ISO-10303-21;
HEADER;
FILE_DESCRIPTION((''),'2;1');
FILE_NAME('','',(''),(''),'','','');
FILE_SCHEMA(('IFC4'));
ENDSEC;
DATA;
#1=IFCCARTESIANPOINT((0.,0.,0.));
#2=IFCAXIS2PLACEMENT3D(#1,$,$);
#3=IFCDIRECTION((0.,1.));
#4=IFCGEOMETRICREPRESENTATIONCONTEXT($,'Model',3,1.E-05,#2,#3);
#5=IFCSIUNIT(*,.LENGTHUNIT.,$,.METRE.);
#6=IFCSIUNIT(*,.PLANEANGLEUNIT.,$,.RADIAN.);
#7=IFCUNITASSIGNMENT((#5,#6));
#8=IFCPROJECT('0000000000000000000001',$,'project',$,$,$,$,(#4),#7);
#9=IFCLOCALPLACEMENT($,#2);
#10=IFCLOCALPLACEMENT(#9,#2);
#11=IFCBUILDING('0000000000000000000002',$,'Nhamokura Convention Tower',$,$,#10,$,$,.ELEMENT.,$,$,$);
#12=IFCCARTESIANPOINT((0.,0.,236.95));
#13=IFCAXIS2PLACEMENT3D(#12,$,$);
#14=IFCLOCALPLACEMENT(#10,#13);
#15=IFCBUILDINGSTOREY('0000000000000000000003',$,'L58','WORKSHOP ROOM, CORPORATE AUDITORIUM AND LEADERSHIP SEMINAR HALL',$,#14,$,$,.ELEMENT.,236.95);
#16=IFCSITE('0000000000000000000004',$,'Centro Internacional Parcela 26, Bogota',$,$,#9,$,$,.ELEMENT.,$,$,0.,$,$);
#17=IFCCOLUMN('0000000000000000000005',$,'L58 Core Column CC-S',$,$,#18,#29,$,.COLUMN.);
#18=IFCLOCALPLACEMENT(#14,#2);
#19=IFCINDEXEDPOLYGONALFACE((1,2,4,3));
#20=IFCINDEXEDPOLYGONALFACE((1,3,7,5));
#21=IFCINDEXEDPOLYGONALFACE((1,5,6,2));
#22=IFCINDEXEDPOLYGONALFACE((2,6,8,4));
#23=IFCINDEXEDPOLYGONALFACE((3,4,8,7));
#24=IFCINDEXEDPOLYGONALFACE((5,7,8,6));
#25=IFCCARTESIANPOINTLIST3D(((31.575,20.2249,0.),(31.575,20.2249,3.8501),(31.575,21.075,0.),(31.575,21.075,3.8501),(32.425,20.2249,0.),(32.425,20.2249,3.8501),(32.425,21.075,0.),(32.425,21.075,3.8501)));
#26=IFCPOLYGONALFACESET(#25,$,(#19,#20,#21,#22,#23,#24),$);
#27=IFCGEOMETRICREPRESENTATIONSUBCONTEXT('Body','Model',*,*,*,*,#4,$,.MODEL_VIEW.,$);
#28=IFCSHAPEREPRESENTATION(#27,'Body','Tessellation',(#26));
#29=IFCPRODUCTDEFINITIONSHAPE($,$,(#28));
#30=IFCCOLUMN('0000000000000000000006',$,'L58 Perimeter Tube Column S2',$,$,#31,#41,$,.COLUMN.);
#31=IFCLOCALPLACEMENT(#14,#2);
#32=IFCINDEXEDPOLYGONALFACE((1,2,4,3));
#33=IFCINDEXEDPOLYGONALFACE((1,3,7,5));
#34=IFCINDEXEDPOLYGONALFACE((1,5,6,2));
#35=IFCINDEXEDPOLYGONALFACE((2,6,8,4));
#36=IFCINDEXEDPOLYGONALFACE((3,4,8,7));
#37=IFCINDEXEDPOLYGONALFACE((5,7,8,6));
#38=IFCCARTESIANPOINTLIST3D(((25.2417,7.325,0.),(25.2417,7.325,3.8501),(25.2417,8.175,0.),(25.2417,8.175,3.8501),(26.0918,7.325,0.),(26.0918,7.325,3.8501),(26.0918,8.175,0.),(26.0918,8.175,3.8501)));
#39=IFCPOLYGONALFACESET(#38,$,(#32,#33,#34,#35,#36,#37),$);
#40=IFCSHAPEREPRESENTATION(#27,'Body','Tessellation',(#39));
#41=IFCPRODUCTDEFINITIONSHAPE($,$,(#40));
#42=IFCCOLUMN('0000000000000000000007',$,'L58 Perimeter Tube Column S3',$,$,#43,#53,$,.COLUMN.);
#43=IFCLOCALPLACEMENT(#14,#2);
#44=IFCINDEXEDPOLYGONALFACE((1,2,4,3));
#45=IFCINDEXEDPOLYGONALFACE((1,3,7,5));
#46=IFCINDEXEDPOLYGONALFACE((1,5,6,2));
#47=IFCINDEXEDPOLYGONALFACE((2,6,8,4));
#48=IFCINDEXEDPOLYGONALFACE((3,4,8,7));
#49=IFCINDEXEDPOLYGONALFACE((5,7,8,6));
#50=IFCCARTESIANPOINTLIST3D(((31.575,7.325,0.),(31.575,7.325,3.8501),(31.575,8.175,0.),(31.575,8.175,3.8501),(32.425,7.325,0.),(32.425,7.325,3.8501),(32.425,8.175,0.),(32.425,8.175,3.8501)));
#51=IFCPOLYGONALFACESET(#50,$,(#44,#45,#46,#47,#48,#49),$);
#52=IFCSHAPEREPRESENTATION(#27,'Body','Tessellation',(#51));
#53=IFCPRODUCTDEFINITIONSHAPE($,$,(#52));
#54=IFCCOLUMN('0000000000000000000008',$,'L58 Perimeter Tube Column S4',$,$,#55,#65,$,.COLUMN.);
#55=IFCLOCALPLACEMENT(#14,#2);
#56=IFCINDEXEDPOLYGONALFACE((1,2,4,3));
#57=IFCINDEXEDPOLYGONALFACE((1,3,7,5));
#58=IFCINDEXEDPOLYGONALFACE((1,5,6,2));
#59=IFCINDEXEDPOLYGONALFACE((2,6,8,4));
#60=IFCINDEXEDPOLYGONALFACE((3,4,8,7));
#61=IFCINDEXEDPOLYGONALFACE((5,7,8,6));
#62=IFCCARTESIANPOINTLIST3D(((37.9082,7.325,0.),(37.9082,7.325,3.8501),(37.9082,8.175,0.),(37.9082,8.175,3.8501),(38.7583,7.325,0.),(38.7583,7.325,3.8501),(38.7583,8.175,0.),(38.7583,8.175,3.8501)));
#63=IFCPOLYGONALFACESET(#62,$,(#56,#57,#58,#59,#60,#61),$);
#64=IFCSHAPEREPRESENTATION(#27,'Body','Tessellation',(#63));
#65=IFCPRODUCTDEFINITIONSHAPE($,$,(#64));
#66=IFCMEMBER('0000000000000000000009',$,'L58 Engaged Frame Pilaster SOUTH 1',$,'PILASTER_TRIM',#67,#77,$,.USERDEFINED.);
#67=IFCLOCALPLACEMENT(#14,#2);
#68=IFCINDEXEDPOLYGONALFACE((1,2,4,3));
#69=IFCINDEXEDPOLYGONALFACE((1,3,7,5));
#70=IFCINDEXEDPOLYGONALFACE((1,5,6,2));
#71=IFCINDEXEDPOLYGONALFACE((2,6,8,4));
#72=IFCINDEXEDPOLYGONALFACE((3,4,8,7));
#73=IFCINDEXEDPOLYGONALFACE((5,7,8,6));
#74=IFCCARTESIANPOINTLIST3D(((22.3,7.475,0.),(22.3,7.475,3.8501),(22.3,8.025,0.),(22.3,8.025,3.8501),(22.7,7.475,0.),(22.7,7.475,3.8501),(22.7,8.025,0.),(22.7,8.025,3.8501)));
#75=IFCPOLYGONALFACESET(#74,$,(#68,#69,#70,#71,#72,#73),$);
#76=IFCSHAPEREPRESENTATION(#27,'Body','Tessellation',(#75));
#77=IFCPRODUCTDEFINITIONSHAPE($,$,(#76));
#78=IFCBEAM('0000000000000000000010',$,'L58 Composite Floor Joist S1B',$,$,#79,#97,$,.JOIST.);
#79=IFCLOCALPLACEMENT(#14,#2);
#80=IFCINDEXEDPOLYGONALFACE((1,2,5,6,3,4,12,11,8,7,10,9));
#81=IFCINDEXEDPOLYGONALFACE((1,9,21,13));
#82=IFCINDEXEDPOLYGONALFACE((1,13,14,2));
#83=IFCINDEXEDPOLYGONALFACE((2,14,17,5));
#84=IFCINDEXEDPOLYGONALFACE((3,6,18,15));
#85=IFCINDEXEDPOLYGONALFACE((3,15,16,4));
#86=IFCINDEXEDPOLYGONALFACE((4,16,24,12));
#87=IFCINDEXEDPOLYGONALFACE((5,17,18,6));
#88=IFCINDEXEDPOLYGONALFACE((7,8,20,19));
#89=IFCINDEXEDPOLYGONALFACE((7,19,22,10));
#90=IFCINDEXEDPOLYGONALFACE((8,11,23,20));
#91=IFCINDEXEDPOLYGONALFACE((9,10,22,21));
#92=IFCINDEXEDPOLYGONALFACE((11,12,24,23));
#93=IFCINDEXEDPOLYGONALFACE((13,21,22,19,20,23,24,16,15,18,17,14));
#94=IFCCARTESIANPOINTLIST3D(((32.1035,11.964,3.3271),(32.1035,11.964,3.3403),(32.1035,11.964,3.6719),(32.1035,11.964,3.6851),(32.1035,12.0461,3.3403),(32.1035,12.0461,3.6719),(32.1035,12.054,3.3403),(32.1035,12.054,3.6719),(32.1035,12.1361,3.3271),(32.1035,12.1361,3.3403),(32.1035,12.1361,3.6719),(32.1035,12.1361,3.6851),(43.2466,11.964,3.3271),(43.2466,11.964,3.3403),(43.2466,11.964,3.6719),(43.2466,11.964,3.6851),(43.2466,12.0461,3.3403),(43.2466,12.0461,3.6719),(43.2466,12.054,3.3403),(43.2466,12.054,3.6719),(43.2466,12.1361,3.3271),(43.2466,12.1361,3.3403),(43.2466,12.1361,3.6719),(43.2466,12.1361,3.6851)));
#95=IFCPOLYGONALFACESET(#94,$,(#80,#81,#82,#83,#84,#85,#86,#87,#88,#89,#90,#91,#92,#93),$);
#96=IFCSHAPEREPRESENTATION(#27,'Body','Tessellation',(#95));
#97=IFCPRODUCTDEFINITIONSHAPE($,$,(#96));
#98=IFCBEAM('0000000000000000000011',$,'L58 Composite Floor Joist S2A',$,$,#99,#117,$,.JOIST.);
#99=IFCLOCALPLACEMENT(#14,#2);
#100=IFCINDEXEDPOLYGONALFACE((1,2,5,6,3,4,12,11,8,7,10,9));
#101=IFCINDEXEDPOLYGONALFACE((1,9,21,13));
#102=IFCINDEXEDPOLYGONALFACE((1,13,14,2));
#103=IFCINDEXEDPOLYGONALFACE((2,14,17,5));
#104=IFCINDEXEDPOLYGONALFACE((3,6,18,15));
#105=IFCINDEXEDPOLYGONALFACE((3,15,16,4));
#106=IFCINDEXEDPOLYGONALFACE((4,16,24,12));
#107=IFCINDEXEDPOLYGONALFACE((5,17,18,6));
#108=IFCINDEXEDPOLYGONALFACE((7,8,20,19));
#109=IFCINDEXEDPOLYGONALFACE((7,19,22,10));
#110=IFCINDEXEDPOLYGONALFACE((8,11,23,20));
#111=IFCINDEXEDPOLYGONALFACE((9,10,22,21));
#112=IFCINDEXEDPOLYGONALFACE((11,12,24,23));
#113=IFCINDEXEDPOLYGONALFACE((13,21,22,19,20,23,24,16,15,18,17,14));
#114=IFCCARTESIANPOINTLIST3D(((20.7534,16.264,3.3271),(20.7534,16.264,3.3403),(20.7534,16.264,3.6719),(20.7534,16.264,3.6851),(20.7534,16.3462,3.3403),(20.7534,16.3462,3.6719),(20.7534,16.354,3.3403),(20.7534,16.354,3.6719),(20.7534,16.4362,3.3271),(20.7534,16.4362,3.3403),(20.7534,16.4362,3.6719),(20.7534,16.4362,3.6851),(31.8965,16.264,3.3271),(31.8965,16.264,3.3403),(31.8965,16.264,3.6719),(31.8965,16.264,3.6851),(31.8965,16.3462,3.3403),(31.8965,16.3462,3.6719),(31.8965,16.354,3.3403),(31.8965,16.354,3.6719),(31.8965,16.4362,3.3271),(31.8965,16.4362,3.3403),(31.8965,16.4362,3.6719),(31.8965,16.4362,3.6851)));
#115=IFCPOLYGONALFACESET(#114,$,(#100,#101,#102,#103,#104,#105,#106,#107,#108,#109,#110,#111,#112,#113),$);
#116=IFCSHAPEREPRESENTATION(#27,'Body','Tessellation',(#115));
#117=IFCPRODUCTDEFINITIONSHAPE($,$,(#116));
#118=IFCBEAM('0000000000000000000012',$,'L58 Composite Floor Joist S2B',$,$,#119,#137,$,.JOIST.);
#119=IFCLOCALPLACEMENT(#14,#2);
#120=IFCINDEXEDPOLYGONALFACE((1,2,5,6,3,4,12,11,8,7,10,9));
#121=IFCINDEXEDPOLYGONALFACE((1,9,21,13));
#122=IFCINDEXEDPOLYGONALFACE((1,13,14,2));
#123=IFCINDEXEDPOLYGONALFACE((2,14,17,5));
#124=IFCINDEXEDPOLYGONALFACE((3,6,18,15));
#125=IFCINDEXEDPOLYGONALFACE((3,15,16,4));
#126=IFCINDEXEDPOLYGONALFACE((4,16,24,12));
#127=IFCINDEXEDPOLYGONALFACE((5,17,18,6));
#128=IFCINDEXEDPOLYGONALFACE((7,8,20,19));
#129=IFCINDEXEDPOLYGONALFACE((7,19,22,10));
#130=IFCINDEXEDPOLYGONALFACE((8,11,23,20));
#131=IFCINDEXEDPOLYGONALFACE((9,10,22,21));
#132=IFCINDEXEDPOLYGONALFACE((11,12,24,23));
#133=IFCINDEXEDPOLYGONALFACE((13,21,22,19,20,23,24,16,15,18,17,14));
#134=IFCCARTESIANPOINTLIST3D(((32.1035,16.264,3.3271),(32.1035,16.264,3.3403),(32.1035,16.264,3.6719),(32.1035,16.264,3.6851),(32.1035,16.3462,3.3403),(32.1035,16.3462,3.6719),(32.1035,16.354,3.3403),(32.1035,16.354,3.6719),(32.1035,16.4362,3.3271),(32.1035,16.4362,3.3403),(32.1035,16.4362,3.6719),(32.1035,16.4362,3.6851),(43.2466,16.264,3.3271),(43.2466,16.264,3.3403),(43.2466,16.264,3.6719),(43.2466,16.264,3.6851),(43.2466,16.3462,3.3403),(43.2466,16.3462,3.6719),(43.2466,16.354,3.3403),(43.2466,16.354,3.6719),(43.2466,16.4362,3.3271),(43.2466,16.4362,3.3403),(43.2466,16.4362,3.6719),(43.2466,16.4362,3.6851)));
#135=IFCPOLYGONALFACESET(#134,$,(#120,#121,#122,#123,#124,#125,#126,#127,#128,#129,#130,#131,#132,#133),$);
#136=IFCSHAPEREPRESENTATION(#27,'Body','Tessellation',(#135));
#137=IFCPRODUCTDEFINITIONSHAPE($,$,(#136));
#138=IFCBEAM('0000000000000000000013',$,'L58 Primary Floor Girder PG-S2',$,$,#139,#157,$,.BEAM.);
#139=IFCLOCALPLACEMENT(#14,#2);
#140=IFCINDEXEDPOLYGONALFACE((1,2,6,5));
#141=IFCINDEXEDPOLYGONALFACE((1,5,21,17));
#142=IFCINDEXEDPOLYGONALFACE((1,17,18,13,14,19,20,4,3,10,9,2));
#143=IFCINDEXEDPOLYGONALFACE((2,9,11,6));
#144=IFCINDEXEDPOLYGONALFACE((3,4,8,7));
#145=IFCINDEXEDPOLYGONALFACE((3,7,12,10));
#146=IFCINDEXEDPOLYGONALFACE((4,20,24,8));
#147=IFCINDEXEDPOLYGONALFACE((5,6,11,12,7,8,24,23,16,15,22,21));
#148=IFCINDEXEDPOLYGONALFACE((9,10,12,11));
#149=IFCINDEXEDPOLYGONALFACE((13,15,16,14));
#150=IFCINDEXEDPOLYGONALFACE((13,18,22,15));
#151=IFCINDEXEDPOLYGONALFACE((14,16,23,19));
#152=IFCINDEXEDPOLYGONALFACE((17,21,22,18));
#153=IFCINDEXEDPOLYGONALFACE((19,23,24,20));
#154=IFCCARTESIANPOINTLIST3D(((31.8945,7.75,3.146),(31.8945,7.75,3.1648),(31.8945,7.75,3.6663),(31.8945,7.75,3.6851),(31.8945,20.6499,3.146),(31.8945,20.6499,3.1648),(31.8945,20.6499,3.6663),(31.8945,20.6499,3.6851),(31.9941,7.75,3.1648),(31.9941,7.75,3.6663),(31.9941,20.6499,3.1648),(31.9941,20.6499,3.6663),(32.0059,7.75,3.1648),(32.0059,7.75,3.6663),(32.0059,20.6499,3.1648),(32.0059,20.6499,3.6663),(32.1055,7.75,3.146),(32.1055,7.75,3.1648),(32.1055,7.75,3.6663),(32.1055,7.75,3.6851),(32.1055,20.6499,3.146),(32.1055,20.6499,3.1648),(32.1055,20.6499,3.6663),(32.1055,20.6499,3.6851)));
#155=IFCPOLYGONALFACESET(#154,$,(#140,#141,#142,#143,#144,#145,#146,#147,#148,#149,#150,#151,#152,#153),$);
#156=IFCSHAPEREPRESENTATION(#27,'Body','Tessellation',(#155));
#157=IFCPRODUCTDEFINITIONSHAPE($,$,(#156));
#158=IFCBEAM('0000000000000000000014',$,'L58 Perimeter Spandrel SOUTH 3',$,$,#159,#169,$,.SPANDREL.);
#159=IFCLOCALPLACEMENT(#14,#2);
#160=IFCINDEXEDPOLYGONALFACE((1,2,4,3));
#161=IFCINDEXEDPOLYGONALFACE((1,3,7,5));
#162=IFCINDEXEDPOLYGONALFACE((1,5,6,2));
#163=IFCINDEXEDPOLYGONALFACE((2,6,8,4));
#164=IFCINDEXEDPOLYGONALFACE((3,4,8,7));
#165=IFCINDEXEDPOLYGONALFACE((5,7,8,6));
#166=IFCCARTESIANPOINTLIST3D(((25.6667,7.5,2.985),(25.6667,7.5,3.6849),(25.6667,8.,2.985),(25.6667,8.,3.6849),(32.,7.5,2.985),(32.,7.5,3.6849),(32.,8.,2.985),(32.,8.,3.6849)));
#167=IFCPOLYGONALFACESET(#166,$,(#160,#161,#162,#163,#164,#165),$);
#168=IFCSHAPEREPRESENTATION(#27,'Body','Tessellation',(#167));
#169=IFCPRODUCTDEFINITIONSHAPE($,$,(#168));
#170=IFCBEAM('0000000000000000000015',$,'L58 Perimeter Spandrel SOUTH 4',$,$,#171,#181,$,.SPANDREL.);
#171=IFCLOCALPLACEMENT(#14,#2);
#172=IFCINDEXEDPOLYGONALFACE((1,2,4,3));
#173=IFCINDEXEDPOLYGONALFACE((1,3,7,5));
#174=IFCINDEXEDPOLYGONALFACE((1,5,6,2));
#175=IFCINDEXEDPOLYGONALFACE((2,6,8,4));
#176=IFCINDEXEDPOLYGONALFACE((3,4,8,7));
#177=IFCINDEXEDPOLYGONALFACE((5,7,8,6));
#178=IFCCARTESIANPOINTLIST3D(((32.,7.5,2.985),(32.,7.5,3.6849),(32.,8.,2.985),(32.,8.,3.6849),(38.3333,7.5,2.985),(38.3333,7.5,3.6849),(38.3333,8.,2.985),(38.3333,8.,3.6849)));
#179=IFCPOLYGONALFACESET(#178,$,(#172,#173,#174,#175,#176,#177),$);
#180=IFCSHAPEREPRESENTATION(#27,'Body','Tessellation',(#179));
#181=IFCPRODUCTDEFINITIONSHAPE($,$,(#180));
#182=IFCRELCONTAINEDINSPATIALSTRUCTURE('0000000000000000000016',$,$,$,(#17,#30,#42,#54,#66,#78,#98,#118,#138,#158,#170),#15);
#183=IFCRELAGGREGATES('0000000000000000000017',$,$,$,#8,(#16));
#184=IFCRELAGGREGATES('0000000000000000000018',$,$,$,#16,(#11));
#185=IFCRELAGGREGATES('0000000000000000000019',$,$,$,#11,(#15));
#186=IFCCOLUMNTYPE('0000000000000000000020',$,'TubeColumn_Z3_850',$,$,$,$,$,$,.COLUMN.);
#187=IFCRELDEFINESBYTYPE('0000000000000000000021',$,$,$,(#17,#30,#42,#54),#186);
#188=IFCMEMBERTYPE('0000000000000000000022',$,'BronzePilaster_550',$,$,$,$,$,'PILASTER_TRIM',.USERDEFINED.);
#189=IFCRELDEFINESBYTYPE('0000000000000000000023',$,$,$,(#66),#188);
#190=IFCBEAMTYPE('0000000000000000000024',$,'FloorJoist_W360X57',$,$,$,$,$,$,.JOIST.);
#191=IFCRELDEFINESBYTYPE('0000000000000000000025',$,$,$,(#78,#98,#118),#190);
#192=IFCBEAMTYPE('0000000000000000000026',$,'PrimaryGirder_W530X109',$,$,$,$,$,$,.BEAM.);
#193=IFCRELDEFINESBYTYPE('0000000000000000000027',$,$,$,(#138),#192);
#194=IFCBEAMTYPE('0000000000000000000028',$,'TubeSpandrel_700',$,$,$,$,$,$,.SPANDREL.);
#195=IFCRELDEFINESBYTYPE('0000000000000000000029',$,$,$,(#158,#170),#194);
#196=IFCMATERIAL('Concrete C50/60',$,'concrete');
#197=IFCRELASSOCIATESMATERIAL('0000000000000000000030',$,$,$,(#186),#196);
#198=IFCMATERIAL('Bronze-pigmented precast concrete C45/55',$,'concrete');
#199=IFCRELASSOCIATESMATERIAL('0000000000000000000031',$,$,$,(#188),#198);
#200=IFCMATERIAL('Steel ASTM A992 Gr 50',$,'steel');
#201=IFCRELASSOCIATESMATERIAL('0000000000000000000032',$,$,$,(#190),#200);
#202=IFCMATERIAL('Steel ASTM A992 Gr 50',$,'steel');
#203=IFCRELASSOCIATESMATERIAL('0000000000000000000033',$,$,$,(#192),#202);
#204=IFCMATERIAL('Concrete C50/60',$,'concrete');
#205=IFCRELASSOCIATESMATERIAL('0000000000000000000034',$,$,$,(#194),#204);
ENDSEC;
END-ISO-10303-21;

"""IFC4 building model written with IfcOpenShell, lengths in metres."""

from ifc_helpers import new_model, si_unit, direction, frame, origin, origin_2d, place, context, subcontext, project, spatial, rectangle, i_section, extrude, material, material_profile, profile_set, type_object, element, save


model = new_model("IFC4")

# Units and contexts
model_context = context("Model", 3, precision=1e-05, world=origin(), true_north=direction((0.0, 1.0)))
body_context = subcontext(model_context, "Body", "Model", "MODEL_VIEW")
ifc_project = project(units=[si_unit("LENGTHUNIT", "METRE"), si_unit("PLANEANGLEUNIT", "RADIAN")], contexts=[model_context])

# Site, building, storey
site_placement = place(None, origin())
site = spatial("IfcSite", under=ifc_project, at=site_placement, Name="Centro Internacional Parcela 26, Bogota", CompositionType="ELEMENT", RefElevation=0.0)
building_placement = place(site_placement, origin())
building = spatial("IfcBuilding", under=site, at=building_placement, Name="Nhamokura Convention Tower", CompositionType="ELEMENT")
storey_placement = place(building_placement, frame((0.0, 0.0, 236.95)))
storey = spatial("IfcBuildingStorey", under=building, at=storey_placement, Name="L58", Description="WORKSHOP ROOM, CORPORATE AUDITORIUM AND LEADERSHIP SEMINAR HALL", CompositionType="ELEMENT", Elevation=236.95)

# Columns
ifc_material_1 = material(Name="Concrete C50/60", Category="concrete")
ifc_material_profile_1 = material_profile(ifc_material_1, rectangle(XDim=0.8501, YDim=0.8501, at=origin_2d()))
ifc_profile_set_1 = profile_set([ifc_material_profile_1], Name="Concrete C50/60")
column_type = type_object("IfcColumnType", Name="TubeColumn_Z3_850", PredefinedType="COLUMN", material=ifc_profile_set_1)
for number, where, z_axis, x_axis, name in (
    (1, (32.0, 20.6499, 0.0), (0.0, 0.0, 1.0), (1.0, 0.0, 0.0), "L58 Core Column CC-S"),
    (2, (25.6667, 7.75, 0.0), (0.0, 0.0, 1.0), (1.0, 0.0, 0.0), "L58 Perimeter Tube Column S2"),
    (3, (32.0, 7.75, 0.0), (0.0, 0.0, 1.0), (1.0, 0.0, 0.0), "L58 Perimeter Tube Column S3"),
    (4, (38.3333, 7.75, 0.0), (0.0, 0.0, 1.0), (1.0, 0.0, 0.0), "L58 Perimeter Tube Column S4"),
):
    element("IfcColumn", number, at=place(storey_placement, frame(where, z_axis=z_axis, x_axis=x_axis)), inside=storey, type_object=column_type, Name=name, PredefinedType="COLUMN", context=body_context, shape_type="SweptSolid", body=[
        extrude(rectangle(XDim=0.8501, YDim=0.8501, at=origin_2d()), origin(), (0.0, 0.0, 1.0), 3.8501),
    ])

# Member
ifc_material_2 = material(Name="Bronze-pigmented precast concrete C45/55", Category="concrete")
ifc_material_profile_2 = material_profile(ifc_material_2, rectangle(XDim=0.3999, YDim=0.55, at=origin_2d()))
ifc_profile_set_2 = profile_set([ifc_material_profile_2], Name="Bronze-pigmented precast concrete C45/55")
member_type = type_object("IfcMemberType", Name="BronzePilaster_550", ElementType="PILASTER_TRIM", PredefinedType="USERDEFINED", material=ifc_profile_set_2)
member_placement = place(storey_placement, frame((22.5, 7.75, 0.0), z_axis=(0.0, 0.0, 1.0), x_axis=(1.0, 0.0, 0.0)))
element("IfcMember", 5, at=member_placement, inside=storey, type_object=member_type, Name="L58 Engaged Frame Pilaster SOUTH 1", ObjectType="PILASTER_TRIM", PredefinedType="USERDEFINED", context=body_context, shape_type="SweptSolid", body=[
    extrude(rectangle(XDim=0.3999, YDim=0.55, at=origin_2d()), origin(), (0.0, 0.0, 1.0), 3.8501),
])

# Beams
ifc_material_3 = material(Name="Steel ASTM A992 Gr 50", Category="steel")
ifc_material_profile_3 = material_profile(ifc_material_3, i_section(OverallWidth=0.1721, OverallDepth=0.3579, WebThickness=0.0078, FlangeThickness=0.0132, at=origin_2d()))
ifc_profile_set_3 = profile_set([ifc_material_profile_3], Name="Steel ASTM A992 Gr 50")
beam_type_1 = type_object("IfcBeamType", Name="FloorJoist_W360X57", PredefinedType="JOIST", material=ifc_profile_set_3)
for number, where, z_axis, x_axis, name in (
    (6, (32.1035, 12.05, 3.5061), (1.0, 0.0, 0.0), (0.0, 1.0, 0.0), "L58 Composite Floor Joist S1B"),
    (7, (20.7534, 16.3501, 3.5061), (1.0, 0.0, 0.0), (0.0, 1.0, 0.0), "L58 Composite Floor Joist S2A"),
    (8, (32.1035, 16.3501, 3.5061), (1.0, 0.0, 0.0), (0.0, 1.0, 0.0), "L58 Composite Floor Joist S2B"),
):
    element("IfcBeam", number, at=place(storey_placement, frame(where, z_axis=z_axis, x_axis=x_axis)), inside=storey, type_object=beam_type_1, Name=name, PredefinedType="JOIST", context=body_context, shape_type="SweptSolid", body=[
        extrude(i_section(OverallWidth=0.1721, OverallDepth=0.3579, WebThickness=0.0078, FlangeThickness=0.0132, at=origin_2d()), origin(), (0.0, 0.0, 1.0), 11.1431),
    ])
ifc_material_4 = material(Name="Steel ASTM A992 Gr 50", Category="steel")
ifc_material_profile_4 = material_profile(ifc_material_4, i_section(OverallWidth=0.2109, OverallDepth=0.5391, WebThickness=0.0117, FlangeThickness=0.0188, at=origin_2d()))
ifc_profile_set_4 = profile_set([ifc_material_profile_4], Name="Steel ASTM A992 Gr 50")
beam_type_2 = type_object("IfcBeamType", Name="PrimaryGirder_W530X109", PredefinedType="BEAM", material=ifc_profile_set_4)
beam_placement = place(storey_placement, frame((32.0, 7.75, 3.4155), z_axis=(0.0, 1.0, 0.0), x_axis=(-1.0, 0.0, 0.0)))
element("IfcBeam", 9, at=beam_placement, inside=storey, type_object=beam_type_2, Name="L58 Primary Floor Girder PG-S2", PredefinedType="BEAM", context=body_context, shape_type="SweptSolid", body=[
    extrude(i_section(OverallWidth=0.2109, OverallDepth=0.5391, WebThickness=0.0117, FlangeThickness=0.0188, at=origin_2d()), origin(), (0.0, 0.0, 1.0), 12.8999),
])
ifc_material_5 = material(Name="Concrete C50/60", Category="concrete")
ifc_material_profile_5 = material_profile(ifc_material_5, rectangle(XDim=0.5, YDim=0.7, at=origin_2d()))
ifc_profile_set_5 = profile_set([ifc_material_profile_5], Name="Concrete C50/60")
beam_type_3 = type_object("IfcBeamType", Name="TubeSpandrel_700", PredefinedType="SPANDREL", material=ifc_profile_set_5)
for number, where, z_axis, x_axis, name in (
    (10, (25.6667, 7.75, 3.335), (1.0, 0.0, 0.0), (0.0, 1.0, 0.0), "L58 Perimeter Spandrel SOUTH 3"),
    (11, (32.0, 7.75, 3.335), (1.0, 0.0, 0.0), (0.0, 1.0, 0.0), "L58 Perimeter Spandrel SOUTH 4"),
):
    element("IfcBeam", number, at=place(storey_placement, frame(where, z_axis=z_axis, x_axis=x_axis)), inside=storey, type_object=beam_type_3, Name=name, PredefinedType="SPANDREL", context=body_context, shape_type="SweptSolid", body=[
        extrude(rectangle(XDim=0.5, YDim=0.7, at=origin_2d()), origin(), (0.0, 0.0, 1.0), 6.3333),
    ])

save(model, "model.ifc")
